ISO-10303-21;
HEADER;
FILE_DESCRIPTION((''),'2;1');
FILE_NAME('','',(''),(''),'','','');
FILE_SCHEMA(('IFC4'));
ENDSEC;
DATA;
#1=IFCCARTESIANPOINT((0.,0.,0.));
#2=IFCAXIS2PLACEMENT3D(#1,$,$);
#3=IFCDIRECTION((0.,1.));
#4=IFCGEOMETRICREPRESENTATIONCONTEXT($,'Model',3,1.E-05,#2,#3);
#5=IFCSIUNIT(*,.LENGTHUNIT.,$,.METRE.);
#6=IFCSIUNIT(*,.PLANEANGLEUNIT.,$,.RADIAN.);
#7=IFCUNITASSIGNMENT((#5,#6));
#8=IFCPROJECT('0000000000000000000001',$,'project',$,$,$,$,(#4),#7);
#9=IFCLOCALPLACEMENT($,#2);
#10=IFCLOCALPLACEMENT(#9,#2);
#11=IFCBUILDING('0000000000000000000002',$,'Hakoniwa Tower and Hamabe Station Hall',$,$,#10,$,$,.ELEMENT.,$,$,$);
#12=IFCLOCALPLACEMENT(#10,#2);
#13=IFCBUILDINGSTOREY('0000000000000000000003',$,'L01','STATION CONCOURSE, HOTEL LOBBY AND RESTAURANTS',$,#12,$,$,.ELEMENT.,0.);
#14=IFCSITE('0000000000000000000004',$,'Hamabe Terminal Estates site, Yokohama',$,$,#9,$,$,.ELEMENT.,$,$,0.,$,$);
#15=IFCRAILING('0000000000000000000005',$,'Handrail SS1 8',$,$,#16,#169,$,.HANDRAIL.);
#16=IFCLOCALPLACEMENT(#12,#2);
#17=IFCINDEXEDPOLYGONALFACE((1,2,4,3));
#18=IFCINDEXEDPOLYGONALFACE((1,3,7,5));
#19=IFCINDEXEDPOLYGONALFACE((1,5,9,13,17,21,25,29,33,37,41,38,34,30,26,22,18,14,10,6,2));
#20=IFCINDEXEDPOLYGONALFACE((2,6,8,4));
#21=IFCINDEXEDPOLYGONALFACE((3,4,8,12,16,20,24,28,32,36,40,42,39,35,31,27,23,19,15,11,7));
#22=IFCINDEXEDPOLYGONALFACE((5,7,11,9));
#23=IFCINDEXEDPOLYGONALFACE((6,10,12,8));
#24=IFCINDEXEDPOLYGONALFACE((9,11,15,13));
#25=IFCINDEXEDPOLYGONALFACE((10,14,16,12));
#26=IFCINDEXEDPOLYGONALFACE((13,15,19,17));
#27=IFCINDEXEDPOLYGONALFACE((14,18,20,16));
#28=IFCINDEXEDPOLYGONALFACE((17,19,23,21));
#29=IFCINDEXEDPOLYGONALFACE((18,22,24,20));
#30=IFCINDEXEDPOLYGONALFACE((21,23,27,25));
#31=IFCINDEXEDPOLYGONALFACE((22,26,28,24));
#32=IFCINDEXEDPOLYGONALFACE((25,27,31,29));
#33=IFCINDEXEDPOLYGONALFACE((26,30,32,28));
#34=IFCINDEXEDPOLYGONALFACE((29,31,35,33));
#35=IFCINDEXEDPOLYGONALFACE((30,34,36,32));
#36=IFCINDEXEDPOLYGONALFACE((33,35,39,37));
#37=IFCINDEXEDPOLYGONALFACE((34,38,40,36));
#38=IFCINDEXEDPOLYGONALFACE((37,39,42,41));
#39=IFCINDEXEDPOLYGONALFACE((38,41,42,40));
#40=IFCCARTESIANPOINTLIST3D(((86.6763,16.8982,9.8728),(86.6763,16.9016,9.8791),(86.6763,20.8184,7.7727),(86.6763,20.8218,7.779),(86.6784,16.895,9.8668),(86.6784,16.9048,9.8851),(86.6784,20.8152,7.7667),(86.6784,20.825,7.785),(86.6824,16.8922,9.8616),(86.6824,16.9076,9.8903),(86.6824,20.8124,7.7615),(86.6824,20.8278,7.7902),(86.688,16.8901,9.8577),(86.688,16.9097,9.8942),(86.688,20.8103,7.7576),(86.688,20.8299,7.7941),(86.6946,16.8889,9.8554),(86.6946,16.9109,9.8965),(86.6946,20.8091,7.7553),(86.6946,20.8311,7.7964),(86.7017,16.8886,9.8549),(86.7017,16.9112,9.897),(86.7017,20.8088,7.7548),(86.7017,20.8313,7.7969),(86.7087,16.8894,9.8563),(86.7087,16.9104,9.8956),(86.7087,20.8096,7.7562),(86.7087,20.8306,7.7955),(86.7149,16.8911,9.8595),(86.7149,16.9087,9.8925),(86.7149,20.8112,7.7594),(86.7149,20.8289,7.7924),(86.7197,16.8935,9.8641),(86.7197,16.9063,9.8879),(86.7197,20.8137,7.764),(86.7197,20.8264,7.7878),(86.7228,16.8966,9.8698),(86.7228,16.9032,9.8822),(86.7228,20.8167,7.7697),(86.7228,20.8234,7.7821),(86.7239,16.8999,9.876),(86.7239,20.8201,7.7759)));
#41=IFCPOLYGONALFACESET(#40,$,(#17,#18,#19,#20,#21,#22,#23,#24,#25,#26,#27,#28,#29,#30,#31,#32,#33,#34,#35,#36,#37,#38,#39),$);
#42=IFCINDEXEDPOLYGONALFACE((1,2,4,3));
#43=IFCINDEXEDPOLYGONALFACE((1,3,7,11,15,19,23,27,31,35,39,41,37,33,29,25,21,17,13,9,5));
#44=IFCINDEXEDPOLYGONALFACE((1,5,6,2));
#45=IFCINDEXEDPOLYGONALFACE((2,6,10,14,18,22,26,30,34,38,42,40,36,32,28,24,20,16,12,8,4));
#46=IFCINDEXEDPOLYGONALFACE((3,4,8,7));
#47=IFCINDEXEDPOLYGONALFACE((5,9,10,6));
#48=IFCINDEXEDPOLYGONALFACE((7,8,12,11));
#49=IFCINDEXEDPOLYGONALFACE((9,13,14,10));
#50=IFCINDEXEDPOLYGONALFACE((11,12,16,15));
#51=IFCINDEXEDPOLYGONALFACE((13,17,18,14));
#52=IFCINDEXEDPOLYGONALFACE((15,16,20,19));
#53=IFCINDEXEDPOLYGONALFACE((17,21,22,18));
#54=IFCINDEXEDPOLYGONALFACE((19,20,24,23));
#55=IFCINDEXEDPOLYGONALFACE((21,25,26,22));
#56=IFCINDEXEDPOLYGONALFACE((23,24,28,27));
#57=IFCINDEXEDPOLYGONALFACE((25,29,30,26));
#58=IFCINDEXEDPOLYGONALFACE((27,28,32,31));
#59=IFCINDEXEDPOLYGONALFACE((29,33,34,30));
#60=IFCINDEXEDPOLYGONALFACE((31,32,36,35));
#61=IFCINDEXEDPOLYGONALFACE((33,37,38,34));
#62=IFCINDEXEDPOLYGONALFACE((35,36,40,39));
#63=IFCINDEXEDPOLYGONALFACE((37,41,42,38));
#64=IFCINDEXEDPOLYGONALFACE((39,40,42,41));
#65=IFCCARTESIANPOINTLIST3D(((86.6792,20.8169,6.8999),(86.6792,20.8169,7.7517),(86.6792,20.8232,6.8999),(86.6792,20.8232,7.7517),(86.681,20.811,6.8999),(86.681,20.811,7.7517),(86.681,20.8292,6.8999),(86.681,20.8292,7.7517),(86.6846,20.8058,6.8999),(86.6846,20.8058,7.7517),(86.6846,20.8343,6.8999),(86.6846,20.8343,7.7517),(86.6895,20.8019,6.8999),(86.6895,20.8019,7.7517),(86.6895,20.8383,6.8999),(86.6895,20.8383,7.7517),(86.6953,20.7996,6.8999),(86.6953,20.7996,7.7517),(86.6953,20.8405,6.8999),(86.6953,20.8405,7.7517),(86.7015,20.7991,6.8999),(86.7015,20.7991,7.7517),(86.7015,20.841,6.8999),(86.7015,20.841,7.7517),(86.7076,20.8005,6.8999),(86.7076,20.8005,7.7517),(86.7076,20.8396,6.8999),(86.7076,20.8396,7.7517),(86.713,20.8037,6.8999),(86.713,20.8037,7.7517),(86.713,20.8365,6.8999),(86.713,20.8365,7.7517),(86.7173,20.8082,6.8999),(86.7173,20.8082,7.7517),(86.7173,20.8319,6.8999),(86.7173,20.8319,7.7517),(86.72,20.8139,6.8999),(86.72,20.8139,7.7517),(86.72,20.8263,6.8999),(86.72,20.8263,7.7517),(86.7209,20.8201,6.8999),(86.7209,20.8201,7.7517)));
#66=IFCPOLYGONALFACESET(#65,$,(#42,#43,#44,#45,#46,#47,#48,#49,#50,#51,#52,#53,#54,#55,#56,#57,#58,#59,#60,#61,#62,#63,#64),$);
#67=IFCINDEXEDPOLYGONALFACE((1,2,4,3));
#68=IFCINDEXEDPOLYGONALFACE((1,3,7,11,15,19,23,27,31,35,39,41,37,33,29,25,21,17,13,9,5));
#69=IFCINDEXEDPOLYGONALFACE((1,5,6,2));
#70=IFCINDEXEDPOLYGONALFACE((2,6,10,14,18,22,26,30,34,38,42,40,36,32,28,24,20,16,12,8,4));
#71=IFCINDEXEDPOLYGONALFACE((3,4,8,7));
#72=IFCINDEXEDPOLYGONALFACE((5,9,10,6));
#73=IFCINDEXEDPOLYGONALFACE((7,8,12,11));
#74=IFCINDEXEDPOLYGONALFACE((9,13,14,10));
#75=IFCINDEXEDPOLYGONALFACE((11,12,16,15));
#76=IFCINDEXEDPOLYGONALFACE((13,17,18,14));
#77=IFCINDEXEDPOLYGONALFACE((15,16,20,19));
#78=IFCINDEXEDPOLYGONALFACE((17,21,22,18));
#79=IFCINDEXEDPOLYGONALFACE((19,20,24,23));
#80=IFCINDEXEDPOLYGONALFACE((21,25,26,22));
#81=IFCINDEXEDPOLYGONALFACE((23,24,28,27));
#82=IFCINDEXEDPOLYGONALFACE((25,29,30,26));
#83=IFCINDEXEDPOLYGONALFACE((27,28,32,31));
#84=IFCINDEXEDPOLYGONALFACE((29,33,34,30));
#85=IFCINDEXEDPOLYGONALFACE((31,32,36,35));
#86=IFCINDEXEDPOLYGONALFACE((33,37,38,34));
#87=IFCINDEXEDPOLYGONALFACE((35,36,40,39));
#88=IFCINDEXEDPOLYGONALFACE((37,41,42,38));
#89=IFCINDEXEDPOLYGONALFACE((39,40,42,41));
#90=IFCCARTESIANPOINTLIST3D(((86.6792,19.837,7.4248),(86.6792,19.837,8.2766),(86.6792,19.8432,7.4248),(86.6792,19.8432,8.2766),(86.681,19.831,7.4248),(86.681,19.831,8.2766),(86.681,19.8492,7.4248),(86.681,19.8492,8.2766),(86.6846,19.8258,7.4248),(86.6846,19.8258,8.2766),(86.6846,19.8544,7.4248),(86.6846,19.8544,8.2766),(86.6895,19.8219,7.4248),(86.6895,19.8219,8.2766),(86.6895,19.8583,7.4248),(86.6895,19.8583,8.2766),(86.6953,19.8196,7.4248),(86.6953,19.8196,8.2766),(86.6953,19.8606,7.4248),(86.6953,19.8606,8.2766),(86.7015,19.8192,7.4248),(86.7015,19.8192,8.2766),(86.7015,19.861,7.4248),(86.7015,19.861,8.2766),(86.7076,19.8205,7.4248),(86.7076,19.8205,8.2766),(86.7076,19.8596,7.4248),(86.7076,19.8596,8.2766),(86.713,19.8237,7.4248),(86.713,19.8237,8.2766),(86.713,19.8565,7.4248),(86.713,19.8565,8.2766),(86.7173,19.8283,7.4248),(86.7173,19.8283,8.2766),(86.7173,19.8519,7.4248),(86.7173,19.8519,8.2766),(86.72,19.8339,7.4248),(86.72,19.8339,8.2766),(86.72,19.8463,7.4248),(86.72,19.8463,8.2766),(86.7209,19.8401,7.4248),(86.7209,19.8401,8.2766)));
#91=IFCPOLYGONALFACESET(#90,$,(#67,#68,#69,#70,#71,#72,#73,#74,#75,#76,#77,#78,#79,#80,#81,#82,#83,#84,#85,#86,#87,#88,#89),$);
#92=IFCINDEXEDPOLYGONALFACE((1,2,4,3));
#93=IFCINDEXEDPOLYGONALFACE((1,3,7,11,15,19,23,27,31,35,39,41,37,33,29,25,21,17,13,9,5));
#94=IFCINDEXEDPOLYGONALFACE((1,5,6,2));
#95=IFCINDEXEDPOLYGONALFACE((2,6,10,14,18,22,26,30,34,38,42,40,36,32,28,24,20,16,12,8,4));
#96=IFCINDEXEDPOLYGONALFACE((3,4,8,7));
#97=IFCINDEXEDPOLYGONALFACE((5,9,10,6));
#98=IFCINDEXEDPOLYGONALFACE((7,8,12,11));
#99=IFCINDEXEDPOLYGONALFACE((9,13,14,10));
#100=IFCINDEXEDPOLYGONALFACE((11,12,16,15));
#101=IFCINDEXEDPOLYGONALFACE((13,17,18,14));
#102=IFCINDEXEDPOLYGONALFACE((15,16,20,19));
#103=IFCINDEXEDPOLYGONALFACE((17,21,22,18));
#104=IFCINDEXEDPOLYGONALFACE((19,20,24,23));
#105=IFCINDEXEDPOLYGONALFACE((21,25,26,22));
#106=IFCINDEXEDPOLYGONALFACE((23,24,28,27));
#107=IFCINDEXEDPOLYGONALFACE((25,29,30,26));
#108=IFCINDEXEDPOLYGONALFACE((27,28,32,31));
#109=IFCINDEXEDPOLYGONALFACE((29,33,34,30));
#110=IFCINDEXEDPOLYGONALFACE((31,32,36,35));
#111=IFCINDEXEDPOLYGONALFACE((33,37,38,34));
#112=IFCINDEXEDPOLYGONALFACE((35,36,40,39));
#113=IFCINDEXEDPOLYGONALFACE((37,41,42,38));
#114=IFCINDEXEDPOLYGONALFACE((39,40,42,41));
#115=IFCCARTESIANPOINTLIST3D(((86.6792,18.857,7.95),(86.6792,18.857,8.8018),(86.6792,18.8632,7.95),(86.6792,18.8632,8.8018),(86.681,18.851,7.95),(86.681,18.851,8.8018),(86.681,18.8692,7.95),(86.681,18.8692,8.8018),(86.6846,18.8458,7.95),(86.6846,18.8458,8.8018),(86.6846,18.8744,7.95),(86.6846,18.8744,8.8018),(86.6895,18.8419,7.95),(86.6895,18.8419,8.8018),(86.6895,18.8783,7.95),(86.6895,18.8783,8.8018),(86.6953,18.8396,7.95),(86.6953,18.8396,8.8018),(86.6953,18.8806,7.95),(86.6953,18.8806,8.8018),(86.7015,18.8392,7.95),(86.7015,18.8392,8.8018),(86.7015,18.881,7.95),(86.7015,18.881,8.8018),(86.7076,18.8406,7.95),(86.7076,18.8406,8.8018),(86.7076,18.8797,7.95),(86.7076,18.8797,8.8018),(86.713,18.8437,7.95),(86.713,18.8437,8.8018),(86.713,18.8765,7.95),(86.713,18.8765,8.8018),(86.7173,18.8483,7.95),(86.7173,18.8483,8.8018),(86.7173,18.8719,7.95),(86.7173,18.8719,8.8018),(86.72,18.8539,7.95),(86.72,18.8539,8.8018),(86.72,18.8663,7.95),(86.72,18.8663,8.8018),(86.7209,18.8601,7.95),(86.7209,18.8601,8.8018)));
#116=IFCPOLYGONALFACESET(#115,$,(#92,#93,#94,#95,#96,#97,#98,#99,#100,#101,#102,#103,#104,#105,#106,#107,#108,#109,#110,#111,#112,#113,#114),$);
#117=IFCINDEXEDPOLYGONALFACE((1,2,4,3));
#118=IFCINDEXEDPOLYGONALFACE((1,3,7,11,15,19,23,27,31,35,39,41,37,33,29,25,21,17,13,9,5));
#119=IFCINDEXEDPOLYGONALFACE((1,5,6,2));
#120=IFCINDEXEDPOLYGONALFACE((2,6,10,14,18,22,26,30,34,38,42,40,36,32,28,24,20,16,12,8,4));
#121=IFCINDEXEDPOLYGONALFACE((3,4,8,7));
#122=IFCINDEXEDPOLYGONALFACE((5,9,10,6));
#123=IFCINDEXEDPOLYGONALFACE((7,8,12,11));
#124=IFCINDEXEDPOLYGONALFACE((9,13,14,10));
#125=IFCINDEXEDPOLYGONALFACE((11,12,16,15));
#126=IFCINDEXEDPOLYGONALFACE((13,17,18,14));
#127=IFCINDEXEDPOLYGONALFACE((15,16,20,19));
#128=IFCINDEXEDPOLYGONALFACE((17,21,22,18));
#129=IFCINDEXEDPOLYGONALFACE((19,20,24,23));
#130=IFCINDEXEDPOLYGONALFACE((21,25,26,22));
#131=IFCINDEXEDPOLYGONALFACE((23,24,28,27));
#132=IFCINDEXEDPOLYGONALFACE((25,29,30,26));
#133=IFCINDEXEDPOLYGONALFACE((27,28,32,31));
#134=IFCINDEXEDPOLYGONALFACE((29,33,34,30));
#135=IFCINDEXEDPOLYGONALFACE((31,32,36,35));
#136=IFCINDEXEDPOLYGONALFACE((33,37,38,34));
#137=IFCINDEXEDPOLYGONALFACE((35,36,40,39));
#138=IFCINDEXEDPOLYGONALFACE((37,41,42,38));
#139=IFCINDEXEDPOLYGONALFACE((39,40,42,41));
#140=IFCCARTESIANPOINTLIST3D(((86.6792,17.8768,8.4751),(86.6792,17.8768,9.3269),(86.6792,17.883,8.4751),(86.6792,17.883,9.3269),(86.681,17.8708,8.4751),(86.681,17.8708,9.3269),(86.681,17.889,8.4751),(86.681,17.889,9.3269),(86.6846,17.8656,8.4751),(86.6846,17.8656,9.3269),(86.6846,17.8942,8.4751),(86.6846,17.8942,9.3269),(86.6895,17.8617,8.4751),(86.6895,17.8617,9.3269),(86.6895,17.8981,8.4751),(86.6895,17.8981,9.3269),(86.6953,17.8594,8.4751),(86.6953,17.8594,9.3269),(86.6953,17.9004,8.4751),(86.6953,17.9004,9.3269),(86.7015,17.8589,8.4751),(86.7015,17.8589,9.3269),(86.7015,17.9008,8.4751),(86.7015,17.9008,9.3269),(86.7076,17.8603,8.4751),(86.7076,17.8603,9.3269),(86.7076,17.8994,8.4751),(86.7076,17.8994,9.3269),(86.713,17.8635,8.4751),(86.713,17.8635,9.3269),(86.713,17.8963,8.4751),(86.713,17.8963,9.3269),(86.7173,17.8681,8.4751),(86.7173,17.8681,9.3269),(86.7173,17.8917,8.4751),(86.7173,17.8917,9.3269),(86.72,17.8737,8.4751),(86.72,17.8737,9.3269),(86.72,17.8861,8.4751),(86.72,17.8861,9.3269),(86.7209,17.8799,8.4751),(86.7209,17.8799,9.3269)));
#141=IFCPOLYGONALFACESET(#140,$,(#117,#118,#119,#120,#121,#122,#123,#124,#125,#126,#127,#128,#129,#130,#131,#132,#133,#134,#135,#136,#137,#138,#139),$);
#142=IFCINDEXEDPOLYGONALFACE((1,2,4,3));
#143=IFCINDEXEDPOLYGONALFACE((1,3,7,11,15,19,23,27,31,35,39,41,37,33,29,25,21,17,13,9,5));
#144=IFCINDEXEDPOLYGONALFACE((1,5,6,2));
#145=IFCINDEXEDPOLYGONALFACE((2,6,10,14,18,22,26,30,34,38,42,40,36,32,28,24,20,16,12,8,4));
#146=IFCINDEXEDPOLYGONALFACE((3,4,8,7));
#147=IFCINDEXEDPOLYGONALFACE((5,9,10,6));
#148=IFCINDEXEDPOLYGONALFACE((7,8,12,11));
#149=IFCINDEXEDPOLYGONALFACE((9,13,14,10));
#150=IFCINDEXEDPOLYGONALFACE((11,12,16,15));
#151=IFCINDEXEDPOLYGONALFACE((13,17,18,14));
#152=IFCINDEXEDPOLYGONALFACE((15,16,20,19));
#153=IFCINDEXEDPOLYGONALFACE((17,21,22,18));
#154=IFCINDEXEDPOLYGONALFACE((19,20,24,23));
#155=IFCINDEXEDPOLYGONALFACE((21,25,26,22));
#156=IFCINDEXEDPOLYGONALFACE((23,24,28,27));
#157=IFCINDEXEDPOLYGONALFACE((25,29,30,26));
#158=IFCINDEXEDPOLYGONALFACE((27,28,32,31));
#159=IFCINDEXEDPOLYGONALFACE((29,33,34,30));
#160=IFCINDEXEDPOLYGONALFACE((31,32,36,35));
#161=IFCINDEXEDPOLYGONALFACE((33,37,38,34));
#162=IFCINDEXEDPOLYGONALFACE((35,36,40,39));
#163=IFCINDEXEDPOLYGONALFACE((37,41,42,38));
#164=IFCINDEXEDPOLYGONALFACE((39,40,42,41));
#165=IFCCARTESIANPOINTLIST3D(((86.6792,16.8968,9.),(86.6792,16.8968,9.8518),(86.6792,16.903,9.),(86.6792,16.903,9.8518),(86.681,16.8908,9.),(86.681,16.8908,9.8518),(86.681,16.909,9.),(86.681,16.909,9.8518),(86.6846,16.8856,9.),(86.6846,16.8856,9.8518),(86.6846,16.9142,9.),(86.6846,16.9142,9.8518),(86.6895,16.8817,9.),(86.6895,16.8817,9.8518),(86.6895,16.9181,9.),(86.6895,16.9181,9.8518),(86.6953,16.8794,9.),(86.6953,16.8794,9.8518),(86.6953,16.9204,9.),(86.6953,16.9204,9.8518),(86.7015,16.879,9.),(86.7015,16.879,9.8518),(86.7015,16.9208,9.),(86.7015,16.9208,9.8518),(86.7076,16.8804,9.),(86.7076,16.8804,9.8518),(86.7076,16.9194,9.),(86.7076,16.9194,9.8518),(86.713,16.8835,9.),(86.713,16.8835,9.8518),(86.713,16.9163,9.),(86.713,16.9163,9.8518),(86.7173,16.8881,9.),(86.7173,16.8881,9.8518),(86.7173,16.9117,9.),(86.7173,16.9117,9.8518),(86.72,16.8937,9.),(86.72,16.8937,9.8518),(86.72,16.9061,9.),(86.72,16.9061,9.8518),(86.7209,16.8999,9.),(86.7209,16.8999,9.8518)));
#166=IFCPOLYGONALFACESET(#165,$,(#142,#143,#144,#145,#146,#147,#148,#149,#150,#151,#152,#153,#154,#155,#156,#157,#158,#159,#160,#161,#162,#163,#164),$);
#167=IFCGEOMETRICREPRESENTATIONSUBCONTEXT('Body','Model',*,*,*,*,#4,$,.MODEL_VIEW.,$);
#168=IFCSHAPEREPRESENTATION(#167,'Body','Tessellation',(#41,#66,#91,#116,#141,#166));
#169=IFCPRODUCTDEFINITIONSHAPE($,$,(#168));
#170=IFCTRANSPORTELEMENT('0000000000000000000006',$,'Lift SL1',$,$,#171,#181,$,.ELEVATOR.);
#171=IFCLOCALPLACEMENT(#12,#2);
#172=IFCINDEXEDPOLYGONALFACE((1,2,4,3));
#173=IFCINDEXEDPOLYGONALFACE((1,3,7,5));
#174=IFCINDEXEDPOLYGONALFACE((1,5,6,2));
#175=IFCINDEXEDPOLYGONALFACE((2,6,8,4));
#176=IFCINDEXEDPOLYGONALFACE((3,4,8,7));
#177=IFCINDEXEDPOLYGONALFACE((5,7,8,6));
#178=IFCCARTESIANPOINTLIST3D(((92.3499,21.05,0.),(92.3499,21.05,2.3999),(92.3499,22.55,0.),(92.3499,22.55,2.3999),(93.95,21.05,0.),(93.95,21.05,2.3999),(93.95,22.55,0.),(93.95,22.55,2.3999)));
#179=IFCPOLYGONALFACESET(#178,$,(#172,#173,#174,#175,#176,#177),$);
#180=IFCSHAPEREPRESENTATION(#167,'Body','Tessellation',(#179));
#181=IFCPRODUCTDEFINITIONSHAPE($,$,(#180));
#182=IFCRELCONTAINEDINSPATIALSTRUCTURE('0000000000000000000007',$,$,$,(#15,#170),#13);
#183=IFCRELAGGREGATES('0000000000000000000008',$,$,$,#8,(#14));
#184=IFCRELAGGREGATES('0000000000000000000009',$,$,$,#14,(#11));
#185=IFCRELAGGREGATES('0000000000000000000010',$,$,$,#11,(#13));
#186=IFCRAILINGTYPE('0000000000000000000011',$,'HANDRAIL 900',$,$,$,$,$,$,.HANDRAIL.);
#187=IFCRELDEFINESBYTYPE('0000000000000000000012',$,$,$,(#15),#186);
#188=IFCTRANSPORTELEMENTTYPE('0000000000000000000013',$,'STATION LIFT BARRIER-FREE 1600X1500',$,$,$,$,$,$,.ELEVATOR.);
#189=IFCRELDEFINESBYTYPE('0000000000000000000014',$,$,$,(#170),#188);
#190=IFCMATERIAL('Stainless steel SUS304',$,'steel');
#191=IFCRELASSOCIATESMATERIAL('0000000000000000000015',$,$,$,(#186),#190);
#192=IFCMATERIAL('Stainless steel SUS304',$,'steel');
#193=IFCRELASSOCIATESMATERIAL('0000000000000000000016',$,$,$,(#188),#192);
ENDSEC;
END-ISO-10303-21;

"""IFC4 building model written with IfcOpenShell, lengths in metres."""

from ifc_helpers import new_model, si_unit, direction, frame, origin, origin_2d, place, context, subcontext, project, spatial, rectangle, circle, extrude, material, type_object, element, save


model = new_model("IFC4")

# Units and contexts
model_context = context("Model", 3, precision=1e-05, world=origin(), true_north=direction((0.0, 1.0)))
body_context = subcontext(model_context, "Body", "Model", "MODEL_VIEW")
ifc_project = project(units=[si_unit("LENGTHUNIT", "METRE"), si_unit("PLANEANGLEUNIT", "RADIAN")], contexts=[model_context])

# Site, building, storey
site_placement = place(None, origin())
site = spatial("IfcSite", under=ifc_project, at=site_placement, Name="Hamabe Terminal Estates site, Yokohama", CompositionType="ELEMENT", RefElevation=0.0)
building_placement = place(site_placement, origin())
building = spatial("IfcBuilding", under=site, at=building_placement, Name="Hakoniwa Tower and Hamabe Station Hall", CompositionType="ELEMENT")
storey_placement = place(building_placement, origin())
storey = spatial("IfcBuildingStorey", under=building, at=storey_placement, Name="L01", Description="STATION CONCOURSE, HOTEL LOBBY AND RESTAURANTS", CompositionType="ELEMENT", Elevation=0.0)

# Railing
ifc_material_1 = material(Name="Stainless steel SUS304", Category="steel")
railing_type = type_object("IfcRailingType", Name="HANDRAIL 900", PredefinedType="HANDRAIL", material=ifc_material_1)
for number, where, name in (
    (1, (86.7, 20.8201, 6.8999), "Handrail SS1 8"),
):
    element("IfcRailing", number, at=place(storey_placement, frame(where)), inside=storey, type_object=railing_type, Name=name, PredefinedType="HANDRAIL", context=body_context, shape_type="SweptSolid", body=[
        extrude(circle(Radius=0.0239, at=origin_2d()), frame((0.0, 0.0, 0.876), z_axis=(0.0, -0.881479, 0.472223), x_axis=(1.0, 0.0, 0.0)), (0.0, 0.0, 1.0), 4.4473),
        extrude(circle(Radius=0.021, at=origin_2d()), origin(), (0.0, 0.0, 1.0), 0.8518),
        extrude(circle(Radius=0.021, at=origin_2d()), frame((0.0, -0.98, 0.5249)), (0.0, 0.0, 1.0), 0.8518),
        extrude(circle(Radius=0.021, at=origin_2d()), frame((0.0, -1.96, 1.05)), (0.0, 0.0, 1.0), 0.8518),
        extrude(circle(Radius=0.021, at=origin_2d()), frame((0.0, -2.9402, 1.5752)), (0.0, 0.0, 1.0), 0.8518),
        extrude(circle(Radius=0.021, at=origin_2d()), frame((0.0, -3.9202, 2.1001)), (0.0, 0.0, 1.0), 0.8518),
    ])

# Transport element
ifc_material_2 = material(Name="Stainless steel SUS304", Category="steel")
transport_element_type = type_object("IfcTransportElementType", Name="STATION LIFT BARRIER-FREE 1600X1500", PredefinedType="ELEVATOR", material=ifc_material_2)
transport_element_placement = place(storey_placement, frame((93.1499, 21.8, 0.0)))
element("IfcTransportElement", 2, at=transport_element_placement, inside=storey, type_object=transport_element_type, Name="Lift SL1", PredefinedType="ELEVATOR", context=body_context, shape_type="SweptSolid", body=[
    extrude(rectangle(XDim=1.6001, YDim=1.5, at=origin_2d()), origin(), (0.0, 0.0, 1.0), 2.3999),
])

save(model, "model.ifc")
